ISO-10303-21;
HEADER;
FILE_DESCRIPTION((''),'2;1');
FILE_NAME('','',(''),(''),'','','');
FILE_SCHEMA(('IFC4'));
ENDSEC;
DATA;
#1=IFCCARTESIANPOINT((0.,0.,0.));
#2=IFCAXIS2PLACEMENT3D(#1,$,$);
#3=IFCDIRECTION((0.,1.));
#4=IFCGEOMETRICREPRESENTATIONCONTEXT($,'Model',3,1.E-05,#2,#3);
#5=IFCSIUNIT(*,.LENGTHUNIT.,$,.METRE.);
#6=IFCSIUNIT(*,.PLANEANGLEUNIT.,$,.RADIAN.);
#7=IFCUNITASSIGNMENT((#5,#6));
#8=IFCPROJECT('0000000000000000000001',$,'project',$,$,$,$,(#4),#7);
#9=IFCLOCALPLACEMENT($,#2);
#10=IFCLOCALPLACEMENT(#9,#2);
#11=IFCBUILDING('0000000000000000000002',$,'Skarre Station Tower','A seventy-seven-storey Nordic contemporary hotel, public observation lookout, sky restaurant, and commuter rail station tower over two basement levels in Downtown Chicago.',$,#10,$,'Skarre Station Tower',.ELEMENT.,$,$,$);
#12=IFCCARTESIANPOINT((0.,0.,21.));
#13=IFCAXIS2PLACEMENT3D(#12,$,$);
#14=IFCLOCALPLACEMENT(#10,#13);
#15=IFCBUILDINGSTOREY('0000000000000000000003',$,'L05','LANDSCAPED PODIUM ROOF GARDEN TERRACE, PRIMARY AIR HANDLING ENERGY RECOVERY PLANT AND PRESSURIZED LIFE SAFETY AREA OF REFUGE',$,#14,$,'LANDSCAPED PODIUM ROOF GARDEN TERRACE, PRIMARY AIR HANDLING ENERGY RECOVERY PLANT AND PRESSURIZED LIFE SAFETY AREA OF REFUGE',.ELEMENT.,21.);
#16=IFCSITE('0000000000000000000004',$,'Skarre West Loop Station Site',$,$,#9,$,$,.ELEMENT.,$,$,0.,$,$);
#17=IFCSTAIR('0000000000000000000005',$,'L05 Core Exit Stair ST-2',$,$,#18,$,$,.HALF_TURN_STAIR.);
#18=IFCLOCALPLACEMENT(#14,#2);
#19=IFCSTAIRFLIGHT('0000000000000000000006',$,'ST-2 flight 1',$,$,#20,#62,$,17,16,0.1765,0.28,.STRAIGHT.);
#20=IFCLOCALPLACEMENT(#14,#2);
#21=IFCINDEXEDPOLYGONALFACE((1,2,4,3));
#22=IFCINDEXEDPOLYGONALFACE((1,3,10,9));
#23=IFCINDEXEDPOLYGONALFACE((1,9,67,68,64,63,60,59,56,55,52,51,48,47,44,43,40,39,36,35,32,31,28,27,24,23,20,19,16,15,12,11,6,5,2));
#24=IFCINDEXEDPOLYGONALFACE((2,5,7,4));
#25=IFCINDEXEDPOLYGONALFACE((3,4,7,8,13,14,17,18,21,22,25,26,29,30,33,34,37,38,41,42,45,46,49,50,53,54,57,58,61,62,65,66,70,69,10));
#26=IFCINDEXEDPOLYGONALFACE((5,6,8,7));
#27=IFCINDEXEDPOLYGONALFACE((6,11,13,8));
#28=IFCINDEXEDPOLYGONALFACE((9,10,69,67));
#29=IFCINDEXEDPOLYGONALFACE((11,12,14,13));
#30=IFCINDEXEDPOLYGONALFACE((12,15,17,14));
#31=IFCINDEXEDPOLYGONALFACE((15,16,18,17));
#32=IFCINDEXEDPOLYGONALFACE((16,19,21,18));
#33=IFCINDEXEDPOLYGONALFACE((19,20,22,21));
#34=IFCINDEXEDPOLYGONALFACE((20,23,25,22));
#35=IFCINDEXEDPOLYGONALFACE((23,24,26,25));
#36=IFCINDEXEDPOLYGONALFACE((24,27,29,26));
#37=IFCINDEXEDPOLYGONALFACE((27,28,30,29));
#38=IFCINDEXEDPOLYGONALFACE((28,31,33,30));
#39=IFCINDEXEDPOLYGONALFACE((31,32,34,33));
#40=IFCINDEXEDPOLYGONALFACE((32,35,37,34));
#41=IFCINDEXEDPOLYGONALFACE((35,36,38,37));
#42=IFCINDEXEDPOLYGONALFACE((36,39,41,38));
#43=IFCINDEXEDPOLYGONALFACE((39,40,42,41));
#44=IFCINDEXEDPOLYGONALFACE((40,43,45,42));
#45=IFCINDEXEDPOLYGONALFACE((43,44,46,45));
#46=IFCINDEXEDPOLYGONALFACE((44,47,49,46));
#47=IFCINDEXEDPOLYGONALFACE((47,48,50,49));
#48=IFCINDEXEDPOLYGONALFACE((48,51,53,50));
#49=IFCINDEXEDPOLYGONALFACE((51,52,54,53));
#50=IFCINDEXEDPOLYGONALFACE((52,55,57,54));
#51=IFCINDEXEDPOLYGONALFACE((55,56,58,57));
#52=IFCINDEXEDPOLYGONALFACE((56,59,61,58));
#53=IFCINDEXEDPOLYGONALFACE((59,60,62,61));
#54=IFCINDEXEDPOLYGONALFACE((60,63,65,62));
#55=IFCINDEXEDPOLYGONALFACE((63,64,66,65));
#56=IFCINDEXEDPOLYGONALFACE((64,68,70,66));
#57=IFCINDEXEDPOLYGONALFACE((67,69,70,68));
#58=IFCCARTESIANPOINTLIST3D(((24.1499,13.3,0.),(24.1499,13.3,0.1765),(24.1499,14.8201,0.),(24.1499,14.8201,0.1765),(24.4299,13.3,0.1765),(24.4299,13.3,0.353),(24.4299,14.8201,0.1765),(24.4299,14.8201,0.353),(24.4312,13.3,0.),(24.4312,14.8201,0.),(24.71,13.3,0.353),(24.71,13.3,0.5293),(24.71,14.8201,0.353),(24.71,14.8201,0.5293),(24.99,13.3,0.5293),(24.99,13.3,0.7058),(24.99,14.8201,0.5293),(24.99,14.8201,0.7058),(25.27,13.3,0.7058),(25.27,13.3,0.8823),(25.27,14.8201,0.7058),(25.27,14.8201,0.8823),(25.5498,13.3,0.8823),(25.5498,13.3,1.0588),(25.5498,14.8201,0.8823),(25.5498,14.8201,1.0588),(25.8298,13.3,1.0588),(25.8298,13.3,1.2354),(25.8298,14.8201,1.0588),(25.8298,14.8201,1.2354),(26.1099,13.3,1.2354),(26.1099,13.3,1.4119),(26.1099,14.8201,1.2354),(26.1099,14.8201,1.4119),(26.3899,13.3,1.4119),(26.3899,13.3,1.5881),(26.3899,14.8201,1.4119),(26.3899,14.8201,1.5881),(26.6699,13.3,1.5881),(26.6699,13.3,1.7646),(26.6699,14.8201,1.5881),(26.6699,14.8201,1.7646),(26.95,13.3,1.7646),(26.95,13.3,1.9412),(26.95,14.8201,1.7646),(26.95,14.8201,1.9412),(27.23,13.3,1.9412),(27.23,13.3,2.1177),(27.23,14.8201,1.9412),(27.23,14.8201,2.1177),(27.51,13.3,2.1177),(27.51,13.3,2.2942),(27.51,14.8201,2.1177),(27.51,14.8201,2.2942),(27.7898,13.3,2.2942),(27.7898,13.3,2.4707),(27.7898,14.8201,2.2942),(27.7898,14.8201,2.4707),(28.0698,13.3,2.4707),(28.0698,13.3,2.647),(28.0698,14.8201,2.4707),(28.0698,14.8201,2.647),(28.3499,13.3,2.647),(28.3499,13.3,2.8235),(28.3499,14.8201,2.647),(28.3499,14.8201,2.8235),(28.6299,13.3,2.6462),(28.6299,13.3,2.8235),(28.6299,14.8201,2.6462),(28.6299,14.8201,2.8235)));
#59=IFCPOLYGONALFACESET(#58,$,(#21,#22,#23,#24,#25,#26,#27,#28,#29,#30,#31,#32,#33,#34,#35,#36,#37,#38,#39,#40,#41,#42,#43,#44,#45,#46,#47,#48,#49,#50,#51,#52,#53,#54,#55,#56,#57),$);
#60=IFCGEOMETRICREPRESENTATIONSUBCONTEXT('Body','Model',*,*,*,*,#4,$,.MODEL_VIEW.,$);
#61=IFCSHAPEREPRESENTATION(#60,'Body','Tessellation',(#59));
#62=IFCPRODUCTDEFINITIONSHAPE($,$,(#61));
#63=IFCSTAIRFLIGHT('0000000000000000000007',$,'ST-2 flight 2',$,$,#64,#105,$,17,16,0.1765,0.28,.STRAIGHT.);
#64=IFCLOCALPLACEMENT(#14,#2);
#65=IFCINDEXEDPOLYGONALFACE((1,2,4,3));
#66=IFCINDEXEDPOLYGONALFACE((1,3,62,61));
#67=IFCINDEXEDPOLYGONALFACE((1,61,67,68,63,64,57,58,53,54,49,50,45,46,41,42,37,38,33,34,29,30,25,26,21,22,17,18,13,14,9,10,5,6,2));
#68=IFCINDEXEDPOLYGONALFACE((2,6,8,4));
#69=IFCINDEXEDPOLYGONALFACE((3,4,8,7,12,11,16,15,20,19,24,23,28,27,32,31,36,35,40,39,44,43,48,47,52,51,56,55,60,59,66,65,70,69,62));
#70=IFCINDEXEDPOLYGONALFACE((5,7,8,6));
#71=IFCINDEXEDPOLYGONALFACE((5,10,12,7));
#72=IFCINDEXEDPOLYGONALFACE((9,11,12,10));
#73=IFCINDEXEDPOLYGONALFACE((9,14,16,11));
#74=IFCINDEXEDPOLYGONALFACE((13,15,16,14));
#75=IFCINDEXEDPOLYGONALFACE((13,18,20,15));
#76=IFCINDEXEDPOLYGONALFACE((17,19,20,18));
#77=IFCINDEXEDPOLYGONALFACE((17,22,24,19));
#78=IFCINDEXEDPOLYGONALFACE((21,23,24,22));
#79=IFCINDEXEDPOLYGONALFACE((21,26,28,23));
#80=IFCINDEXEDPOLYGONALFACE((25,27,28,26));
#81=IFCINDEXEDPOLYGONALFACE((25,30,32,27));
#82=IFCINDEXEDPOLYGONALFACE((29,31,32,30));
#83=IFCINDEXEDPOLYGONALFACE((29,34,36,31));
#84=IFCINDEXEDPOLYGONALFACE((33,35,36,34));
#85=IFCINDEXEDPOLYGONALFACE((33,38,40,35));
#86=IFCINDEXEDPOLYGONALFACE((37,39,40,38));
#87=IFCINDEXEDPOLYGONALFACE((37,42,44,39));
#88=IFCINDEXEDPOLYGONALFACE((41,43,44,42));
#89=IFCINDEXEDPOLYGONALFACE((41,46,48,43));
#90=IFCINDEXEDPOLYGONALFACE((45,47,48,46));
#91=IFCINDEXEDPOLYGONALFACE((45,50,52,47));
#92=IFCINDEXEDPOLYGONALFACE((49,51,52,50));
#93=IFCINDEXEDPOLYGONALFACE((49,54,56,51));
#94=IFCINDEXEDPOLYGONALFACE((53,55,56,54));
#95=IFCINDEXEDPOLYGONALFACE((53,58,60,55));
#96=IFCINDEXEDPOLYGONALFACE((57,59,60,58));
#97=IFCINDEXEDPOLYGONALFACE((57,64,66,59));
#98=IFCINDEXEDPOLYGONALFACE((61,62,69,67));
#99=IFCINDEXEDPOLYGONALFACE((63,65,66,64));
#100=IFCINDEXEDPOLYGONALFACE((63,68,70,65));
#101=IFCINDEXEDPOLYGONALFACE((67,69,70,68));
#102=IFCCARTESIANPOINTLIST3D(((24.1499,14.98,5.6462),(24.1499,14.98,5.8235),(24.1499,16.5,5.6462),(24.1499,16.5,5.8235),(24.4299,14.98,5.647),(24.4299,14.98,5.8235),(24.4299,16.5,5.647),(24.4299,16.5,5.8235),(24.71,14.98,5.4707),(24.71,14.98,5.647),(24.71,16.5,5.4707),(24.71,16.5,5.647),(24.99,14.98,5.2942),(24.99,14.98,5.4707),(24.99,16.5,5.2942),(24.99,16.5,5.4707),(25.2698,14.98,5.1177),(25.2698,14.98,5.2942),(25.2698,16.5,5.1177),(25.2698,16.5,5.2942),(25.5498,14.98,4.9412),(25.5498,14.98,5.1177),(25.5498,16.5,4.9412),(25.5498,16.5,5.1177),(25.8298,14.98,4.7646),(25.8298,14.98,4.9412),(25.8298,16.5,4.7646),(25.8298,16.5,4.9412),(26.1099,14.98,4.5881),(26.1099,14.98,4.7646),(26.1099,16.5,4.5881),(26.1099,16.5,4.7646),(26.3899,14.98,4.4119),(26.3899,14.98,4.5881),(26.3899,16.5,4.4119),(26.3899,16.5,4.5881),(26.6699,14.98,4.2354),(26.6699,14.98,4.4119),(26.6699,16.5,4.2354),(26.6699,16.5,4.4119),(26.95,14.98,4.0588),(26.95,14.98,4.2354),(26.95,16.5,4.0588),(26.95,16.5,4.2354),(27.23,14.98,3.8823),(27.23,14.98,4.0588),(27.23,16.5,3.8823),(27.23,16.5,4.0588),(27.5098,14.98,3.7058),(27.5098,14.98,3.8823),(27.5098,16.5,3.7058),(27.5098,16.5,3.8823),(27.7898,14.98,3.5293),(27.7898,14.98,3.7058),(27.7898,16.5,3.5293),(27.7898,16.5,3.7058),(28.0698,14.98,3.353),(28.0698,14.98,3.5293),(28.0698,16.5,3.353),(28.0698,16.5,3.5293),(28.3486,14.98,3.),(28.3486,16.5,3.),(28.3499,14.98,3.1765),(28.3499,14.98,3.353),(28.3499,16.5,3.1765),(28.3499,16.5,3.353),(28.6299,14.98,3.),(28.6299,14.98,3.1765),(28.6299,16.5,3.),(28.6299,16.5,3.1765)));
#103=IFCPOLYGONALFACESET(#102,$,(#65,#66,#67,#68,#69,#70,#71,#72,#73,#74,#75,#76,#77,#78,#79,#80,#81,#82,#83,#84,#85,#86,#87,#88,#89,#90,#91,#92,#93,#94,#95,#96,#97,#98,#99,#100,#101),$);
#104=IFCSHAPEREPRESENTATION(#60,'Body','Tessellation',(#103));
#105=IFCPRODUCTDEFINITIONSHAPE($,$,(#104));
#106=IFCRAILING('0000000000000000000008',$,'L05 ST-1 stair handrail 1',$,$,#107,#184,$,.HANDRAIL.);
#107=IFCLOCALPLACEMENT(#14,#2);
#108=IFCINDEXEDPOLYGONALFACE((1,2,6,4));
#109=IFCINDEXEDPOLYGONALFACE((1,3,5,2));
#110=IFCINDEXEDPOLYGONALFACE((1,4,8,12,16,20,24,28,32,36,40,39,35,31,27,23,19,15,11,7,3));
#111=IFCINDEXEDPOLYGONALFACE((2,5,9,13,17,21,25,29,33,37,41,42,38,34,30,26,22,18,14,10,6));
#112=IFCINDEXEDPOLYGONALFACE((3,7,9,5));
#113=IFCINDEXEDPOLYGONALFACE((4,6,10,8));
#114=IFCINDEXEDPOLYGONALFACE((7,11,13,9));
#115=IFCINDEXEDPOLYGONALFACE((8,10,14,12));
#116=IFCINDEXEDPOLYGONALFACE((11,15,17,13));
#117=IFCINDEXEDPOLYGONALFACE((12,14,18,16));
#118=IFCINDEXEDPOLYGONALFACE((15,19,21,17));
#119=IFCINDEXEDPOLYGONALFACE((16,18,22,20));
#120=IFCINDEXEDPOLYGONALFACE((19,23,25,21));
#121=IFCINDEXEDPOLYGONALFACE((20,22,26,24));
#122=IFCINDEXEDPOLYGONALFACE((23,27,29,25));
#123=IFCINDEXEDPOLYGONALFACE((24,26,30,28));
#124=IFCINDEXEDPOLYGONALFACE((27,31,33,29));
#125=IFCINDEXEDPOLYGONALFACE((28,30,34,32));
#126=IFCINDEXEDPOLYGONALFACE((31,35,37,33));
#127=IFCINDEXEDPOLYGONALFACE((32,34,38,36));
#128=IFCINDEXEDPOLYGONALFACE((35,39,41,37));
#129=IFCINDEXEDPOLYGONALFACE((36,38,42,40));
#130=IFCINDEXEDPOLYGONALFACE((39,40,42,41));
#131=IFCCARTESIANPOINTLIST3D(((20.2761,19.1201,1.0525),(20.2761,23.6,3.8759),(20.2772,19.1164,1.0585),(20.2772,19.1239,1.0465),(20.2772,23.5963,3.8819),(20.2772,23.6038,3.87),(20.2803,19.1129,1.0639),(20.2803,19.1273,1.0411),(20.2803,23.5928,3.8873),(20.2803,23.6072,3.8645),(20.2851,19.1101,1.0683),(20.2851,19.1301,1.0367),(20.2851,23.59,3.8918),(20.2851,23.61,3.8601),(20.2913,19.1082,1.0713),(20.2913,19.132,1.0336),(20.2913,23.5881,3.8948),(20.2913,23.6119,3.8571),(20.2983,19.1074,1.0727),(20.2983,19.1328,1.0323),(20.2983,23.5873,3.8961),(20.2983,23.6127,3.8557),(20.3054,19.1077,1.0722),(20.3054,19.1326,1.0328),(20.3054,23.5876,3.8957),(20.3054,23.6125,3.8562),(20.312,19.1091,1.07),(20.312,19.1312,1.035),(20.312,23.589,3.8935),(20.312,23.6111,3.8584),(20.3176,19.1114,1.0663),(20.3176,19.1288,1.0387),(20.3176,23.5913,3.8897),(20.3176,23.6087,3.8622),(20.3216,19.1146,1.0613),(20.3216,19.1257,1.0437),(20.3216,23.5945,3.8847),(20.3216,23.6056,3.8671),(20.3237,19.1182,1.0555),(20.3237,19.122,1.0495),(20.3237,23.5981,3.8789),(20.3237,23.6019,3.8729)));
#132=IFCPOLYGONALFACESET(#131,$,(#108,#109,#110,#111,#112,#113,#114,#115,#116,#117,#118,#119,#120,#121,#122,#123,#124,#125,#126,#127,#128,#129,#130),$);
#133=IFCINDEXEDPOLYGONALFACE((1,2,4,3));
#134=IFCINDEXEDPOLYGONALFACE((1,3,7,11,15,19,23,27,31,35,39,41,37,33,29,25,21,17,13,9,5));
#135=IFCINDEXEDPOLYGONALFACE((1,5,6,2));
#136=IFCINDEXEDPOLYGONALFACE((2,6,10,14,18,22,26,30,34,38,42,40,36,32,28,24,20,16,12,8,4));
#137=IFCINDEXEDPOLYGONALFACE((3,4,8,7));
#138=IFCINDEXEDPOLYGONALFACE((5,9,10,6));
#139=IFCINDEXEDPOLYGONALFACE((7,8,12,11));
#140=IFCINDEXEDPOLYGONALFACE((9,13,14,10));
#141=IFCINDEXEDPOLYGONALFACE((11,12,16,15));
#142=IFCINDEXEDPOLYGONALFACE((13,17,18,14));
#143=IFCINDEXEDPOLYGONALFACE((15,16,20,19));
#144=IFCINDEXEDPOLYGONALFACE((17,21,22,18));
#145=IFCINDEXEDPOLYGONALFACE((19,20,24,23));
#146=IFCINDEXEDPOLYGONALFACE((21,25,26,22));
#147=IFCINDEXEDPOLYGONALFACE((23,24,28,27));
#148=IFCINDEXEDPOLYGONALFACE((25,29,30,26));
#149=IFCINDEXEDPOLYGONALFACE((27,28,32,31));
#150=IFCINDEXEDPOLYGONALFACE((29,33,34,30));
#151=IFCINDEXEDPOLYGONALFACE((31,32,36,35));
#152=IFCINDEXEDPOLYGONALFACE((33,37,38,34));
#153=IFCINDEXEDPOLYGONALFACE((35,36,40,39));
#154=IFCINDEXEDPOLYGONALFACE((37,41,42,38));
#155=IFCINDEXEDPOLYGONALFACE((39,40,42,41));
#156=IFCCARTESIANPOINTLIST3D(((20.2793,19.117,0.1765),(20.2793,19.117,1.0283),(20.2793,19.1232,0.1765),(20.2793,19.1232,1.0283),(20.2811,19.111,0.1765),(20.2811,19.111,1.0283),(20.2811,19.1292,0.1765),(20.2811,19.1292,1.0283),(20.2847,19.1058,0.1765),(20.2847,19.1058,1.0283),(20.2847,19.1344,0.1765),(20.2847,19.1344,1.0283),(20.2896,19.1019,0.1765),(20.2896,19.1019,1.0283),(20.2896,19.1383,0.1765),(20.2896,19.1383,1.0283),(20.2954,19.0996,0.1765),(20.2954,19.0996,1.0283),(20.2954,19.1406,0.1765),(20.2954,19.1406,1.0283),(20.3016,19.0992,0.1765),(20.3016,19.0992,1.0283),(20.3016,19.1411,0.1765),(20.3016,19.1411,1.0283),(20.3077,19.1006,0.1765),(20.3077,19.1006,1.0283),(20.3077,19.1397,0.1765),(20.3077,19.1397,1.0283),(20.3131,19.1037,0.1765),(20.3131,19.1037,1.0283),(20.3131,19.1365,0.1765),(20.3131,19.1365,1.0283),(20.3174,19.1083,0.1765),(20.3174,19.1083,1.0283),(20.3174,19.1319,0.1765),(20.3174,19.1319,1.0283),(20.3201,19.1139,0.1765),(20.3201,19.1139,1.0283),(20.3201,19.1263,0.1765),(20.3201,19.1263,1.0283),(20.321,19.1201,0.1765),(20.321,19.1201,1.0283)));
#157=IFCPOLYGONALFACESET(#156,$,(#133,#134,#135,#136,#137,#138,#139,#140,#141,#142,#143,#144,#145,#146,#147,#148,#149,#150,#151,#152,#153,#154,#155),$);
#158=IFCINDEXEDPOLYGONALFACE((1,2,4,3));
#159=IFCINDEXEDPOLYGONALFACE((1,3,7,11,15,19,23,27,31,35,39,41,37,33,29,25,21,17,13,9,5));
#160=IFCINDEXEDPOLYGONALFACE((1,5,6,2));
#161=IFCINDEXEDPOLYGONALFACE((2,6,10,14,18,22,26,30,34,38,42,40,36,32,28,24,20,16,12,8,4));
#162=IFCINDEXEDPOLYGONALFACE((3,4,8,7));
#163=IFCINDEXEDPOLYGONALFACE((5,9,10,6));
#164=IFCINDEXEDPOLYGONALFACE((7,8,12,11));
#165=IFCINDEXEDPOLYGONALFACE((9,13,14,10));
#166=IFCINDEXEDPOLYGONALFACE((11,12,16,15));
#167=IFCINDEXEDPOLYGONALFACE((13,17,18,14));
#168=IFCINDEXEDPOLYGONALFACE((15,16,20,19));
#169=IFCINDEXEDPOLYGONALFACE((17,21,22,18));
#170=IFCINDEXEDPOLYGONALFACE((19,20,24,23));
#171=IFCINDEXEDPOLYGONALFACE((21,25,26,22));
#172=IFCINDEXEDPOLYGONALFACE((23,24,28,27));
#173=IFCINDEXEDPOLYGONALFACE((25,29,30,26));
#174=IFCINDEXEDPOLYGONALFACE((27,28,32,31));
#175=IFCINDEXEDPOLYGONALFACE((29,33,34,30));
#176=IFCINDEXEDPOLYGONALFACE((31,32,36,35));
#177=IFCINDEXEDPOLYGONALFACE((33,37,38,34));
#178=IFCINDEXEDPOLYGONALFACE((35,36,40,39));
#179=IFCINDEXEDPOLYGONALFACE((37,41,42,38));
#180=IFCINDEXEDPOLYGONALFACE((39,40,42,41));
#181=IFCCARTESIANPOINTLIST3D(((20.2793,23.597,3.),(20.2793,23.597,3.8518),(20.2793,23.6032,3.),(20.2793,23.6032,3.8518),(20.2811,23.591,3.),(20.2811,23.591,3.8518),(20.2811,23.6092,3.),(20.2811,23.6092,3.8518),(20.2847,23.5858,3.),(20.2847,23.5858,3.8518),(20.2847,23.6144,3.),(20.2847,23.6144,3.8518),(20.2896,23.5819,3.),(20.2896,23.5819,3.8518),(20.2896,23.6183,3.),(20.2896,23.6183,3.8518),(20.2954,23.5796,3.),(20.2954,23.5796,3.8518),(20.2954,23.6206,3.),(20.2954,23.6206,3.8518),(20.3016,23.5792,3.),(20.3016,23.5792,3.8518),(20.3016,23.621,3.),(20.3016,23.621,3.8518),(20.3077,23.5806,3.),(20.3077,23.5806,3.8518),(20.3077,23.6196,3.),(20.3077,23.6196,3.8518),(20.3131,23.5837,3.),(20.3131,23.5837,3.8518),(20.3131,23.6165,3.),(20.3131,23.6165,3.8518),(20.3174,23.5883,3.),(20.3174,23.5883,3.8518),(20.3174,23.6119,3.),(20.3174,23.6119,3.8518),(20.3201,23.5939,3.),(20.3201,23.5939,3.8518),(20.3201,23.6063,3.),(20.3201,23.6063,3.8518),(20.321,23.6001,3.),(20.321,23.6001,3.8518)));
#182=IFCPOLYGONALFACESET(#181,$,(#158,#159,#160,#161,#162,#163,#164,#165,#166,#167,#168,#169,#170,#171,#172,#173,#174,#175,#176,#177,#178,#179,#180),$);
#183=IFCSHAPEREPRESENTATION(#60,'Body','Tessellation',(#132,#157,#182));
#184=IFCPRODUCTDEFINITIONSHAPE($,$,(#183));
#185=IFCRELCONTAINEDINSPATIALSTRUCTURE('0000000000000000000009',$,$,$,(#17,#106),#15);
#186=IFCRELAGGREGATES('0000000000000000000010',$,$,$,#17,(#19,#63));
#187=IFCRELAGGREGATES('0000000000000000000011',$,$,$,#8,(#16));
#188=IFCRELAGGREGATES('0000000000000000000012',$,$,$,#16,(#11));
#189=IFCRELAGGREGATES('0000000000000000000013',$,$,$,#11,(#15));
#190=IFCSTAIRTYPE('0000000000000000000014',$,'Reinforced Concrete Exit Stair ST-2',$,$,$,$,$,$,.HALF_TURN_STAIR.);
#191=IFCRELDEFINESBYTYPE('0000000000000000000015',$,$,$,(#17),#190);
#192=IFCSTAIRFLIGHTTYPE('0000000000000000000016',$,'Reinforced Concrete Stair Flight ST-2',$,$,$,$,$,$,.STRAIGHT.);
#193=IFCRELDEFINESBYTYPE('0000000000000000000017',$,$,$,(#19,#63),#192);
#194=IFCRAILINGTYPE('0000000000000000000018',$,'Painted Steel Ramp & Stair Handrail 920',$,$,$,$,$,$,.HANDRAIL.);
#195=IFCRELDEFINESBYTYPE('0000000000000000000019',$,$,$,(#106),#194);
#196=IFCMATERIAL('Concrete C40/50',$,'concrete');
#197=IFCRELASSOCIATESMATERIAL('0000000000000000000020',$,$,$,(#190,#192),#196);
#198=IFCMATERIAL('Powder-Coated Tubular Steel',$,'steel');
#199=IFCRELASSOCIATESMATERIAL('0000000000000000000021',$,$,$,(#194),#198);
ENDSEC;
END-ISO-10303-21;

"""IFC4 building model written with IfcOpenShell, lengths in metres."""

from ifc_helpers import new_model, si_unit, direction, frame, origin, origin_2d, place, context, subcontext, project, spatial, polyline, circle, outline, extrude, material, type_object, element, aggregate, save


model = new_model("IFC4")

# Units and contexts
model_context = context("Model", 3, precision=1e-05, world=origin(), true_north=direction((0.0, 1.0)))
body_context = subcontext(model_context, "Body", "Model", "MODEL_VIEW")
ifc_project = project(units=[si_unit("LENGTHUNIT", "METRE"), si_unit("PLANEANGLEUNIT", "RADIAN")], contexts=[model_context])

# Site, building, storey
site_placement = place(None, origin())
site = spatial("IfcSite", under=ifc_project, at=site_placement, Name="Skarre West Loop Station Site", CompositionType="ELEMENT", RefElevation=0.0)
building_placement = place(site_placement, origin())
building = spatial("IfcBuilding", under=site, at=building_placement, Name="Skarre Station Tower", Description="A seventy-seven-storey Nordic contemporary hotel, public observation lookout, sky restaurant, and commuter rail station tower over two basement levels in Downtown Chicago.", LongName="Skarre Station Tower", CompositionType="ELEMENT")
storey_placement = place(building_placement, frame((0.0, 0.0, 21.0)))
storey = spatial("IfcBuildingStorey", under=building, at=storey_placement, Name="L05", Description="LANDSCAPED PODIUM ROOF GARDEN TERRACE, PRIMARY AIR HANDLING ENERGY RECOVERY PLANT AND PRESSURIZED LIFE SAFETY AREA OF REFUGE", LongName="LANDSCAPED PODIUM ROOF GARDEN TERRACE, PRIMARY AIR HANDLING ENERGY RECOVERY PLANT AND PRESSURIZED LIFE SAFETY AREA OF REFUGE", CompositionType="ELEMENT", Elevation=21.0)

# Stair, stair flights
ifc_material_1 = material(Name="Concrete C40/50", Category="concrete")
stair_type_1 = type_object("IfcStairType", Name="Reinforced Concrete Exit Stair ST-2", PredefinedType="HALF_TURN_STAIR", material=ifc_material_1)
stair_1_placement = place(storey_placement, origin())
stair_1 = element("IfcStair", 1, at=stair_1_placement, inside=storey, type_object=stair_type_1, Name="L05 Core Exit Stair ST-2", PredefinedType="HALF_TURN_STAIR")
stair_flight_type_1 = type_object("IfcStairFlightType", Name="Reinforced Concrete Stair Flight ST-2", PredefinedType="STRAIGHT", material=ifc_material_1)
stair_flight_1_placement = place(storey_placement, frame((24.1499, 14.0601, 0.0), z_axis=(0.0, 0.0, 1.0), x_axis=(1.0, 0.0, 0.0)))
stair_flight_1 = element("IfcStairFlight", 2, at=stair_flight_1_placement, type_object=stair_flight_type_1, Name="ST-2 flight 1", NumberOfRisers=17, NumberOfTreads=16, PredefinedType="STRAIGHT", RiserHeight=0.1765, TreadLength=0.28, context=body_context, shape_type="SweptSolid", body=[
    extrude(outline(polyline([(0.0, 0.0), (0.0, 0.1765), (0.28, 0.1765), (0.28, 0.353), (0.5601, 0.353), (0.5601, 0.5293), (0.8401, 0.5293), (0.8401, 0.7058), (1.1201, 0.7058), (1.1201, 0.8823), (1.3999, 0.8823), (1.3999, 1.0588), (1.6799, 1.0588), (1.6799, 1.2354), (1.96, 1.2354), (1.96, 1.4119), (2.24, 1.4119), (2.24, 1.5881), (2.52, 1.5881), (2.52, 1.7646), (2.8, 1.7646), (2.8, 1.9412), (3.0801, 1.9412), (3.0801, 2.1177), (3.3601, 2.1177), (3.3601, 2.2942), (3.6399, 2.2942), (3.6399, 2.4707), (3.9199, 2.4707), (3.9199, 2.647), (4.2, 2.647), (4.2, 2.8235), (4.48, 2.8235), (4.48, 3.0), (4.48, 2.6462), (0.2812, 0.0), (0.0, 0.0)])), frame((0.0, 0.76, 0.0), z_axis=(0.0, -1.0, 0.0), x_axis=(1.0, 0.0, 0.0)), (0.0, 0.0, 1.0), 1.52),
])
stair_flight_2_placement = place(storey_placement, frame((28.6299, 15.74, 3.0), z_axis=(0.0, 0.0, 1.0), x_axis=(-1.0, 0.0, 0.0)))
stair_flight_2 = element("IfcStairFlight", 3, at=stair_flight_2_placement, type_object=stair_flight_type_1, Name="ST-2 flight 2", NumberOfRisers=17, NumberOfTreads=16, PredefinedType="STRAIGHT", RiserHeight=0.1765, TreadLength=0.28, context=body_context, shape_type="SweptSolid", body=[
    extrude(outline(polyline([(0.0, 0.0), (0.0, 0.1765), (0.28, 0.1765), (0.28, 0.353), (0.5601, 0.353), (0.5601, 0.5293), (0.8401, 0.5293), (0.8401, 0.7058), (1.1201, 0.7058), (1.1201, 0.8823), (1.3999, 0.8823), (1.3999, 1.0588), (1.6799, 1.0588), (1.6799, 1.2354), (1.96, 1.2354), (1.96, 1.4119), (2.24, 1.4119), (2.24, 1.5881), (2.52, 1.5881), (2.52, 1.7646), (2.8, 1.7646), (2.8, 1.9412), (3.0801, 1.9412), (3.0801, 2.1177), (3.3601, 2.1177), (3.3601, 2.2942), (3.6399, 2.2942), (3.6399, 2.4707), (3.9199, 2.4707), (3.9199, 2.647), (4.2, 2.647), (4.2, 2.8235), (4.48, 2.8235), (4.48, 3.0), (4.48, 2.6462), (0.2812, 0.0), (0.0, 0.0)])), frame((0.0, 0.76, 0.0), z_axis=(0.0, -1.0, 0.0), x_axis=(1.0, 0.0, 0.0)), (0.0, 0.0, 1.0), 1.52),
])
aggregate(stair_1, [stair_flight_1, stair_flight_2])

# Railing
ifc_material_2 = material(Name="Powder-Coated Tubular Steel", Category="steel")
railing_type_1 = type_object("IfcRailingType", Name="Painted Steel Ramp & Stair Handrail 920", PredefinedType="HANDRAIL", material=ifc_material_2)
railing_1_placement = place(storey_placement, frame((20.3, 19.1201, 0.1765)))
element("IfcRailing", 4, at=railing_1_placement, inside=storey, type_object=railing_type_1, Name="L05 ST-1 stair handrail 1", PredefinedType="HANDRAIL", context=body_context, shape_type="SweptSolid", body=[
    extrude(circle(Radius=0.0239, at=origin_2d()), frame((0.0, 0.0, 0.876), z_axis=(0.0, 0.845998, 0.533186), x_axis=(-1.0, 0.0, 0.0)), (0.0, 0.0, 1.0), 5.2954),
    extrude(circle(Radius=0.021, at=origin_2d()), origin(), (0.0, 0.0, 1.0), 0.8518),
    extrude(circle(Radius=0.021, at=origin_2d()), frame((0.0, 4.48, 2.8235)), (0.0, 0.0, 1.0), 0.8518),
])

save(model, "model.ifc")
